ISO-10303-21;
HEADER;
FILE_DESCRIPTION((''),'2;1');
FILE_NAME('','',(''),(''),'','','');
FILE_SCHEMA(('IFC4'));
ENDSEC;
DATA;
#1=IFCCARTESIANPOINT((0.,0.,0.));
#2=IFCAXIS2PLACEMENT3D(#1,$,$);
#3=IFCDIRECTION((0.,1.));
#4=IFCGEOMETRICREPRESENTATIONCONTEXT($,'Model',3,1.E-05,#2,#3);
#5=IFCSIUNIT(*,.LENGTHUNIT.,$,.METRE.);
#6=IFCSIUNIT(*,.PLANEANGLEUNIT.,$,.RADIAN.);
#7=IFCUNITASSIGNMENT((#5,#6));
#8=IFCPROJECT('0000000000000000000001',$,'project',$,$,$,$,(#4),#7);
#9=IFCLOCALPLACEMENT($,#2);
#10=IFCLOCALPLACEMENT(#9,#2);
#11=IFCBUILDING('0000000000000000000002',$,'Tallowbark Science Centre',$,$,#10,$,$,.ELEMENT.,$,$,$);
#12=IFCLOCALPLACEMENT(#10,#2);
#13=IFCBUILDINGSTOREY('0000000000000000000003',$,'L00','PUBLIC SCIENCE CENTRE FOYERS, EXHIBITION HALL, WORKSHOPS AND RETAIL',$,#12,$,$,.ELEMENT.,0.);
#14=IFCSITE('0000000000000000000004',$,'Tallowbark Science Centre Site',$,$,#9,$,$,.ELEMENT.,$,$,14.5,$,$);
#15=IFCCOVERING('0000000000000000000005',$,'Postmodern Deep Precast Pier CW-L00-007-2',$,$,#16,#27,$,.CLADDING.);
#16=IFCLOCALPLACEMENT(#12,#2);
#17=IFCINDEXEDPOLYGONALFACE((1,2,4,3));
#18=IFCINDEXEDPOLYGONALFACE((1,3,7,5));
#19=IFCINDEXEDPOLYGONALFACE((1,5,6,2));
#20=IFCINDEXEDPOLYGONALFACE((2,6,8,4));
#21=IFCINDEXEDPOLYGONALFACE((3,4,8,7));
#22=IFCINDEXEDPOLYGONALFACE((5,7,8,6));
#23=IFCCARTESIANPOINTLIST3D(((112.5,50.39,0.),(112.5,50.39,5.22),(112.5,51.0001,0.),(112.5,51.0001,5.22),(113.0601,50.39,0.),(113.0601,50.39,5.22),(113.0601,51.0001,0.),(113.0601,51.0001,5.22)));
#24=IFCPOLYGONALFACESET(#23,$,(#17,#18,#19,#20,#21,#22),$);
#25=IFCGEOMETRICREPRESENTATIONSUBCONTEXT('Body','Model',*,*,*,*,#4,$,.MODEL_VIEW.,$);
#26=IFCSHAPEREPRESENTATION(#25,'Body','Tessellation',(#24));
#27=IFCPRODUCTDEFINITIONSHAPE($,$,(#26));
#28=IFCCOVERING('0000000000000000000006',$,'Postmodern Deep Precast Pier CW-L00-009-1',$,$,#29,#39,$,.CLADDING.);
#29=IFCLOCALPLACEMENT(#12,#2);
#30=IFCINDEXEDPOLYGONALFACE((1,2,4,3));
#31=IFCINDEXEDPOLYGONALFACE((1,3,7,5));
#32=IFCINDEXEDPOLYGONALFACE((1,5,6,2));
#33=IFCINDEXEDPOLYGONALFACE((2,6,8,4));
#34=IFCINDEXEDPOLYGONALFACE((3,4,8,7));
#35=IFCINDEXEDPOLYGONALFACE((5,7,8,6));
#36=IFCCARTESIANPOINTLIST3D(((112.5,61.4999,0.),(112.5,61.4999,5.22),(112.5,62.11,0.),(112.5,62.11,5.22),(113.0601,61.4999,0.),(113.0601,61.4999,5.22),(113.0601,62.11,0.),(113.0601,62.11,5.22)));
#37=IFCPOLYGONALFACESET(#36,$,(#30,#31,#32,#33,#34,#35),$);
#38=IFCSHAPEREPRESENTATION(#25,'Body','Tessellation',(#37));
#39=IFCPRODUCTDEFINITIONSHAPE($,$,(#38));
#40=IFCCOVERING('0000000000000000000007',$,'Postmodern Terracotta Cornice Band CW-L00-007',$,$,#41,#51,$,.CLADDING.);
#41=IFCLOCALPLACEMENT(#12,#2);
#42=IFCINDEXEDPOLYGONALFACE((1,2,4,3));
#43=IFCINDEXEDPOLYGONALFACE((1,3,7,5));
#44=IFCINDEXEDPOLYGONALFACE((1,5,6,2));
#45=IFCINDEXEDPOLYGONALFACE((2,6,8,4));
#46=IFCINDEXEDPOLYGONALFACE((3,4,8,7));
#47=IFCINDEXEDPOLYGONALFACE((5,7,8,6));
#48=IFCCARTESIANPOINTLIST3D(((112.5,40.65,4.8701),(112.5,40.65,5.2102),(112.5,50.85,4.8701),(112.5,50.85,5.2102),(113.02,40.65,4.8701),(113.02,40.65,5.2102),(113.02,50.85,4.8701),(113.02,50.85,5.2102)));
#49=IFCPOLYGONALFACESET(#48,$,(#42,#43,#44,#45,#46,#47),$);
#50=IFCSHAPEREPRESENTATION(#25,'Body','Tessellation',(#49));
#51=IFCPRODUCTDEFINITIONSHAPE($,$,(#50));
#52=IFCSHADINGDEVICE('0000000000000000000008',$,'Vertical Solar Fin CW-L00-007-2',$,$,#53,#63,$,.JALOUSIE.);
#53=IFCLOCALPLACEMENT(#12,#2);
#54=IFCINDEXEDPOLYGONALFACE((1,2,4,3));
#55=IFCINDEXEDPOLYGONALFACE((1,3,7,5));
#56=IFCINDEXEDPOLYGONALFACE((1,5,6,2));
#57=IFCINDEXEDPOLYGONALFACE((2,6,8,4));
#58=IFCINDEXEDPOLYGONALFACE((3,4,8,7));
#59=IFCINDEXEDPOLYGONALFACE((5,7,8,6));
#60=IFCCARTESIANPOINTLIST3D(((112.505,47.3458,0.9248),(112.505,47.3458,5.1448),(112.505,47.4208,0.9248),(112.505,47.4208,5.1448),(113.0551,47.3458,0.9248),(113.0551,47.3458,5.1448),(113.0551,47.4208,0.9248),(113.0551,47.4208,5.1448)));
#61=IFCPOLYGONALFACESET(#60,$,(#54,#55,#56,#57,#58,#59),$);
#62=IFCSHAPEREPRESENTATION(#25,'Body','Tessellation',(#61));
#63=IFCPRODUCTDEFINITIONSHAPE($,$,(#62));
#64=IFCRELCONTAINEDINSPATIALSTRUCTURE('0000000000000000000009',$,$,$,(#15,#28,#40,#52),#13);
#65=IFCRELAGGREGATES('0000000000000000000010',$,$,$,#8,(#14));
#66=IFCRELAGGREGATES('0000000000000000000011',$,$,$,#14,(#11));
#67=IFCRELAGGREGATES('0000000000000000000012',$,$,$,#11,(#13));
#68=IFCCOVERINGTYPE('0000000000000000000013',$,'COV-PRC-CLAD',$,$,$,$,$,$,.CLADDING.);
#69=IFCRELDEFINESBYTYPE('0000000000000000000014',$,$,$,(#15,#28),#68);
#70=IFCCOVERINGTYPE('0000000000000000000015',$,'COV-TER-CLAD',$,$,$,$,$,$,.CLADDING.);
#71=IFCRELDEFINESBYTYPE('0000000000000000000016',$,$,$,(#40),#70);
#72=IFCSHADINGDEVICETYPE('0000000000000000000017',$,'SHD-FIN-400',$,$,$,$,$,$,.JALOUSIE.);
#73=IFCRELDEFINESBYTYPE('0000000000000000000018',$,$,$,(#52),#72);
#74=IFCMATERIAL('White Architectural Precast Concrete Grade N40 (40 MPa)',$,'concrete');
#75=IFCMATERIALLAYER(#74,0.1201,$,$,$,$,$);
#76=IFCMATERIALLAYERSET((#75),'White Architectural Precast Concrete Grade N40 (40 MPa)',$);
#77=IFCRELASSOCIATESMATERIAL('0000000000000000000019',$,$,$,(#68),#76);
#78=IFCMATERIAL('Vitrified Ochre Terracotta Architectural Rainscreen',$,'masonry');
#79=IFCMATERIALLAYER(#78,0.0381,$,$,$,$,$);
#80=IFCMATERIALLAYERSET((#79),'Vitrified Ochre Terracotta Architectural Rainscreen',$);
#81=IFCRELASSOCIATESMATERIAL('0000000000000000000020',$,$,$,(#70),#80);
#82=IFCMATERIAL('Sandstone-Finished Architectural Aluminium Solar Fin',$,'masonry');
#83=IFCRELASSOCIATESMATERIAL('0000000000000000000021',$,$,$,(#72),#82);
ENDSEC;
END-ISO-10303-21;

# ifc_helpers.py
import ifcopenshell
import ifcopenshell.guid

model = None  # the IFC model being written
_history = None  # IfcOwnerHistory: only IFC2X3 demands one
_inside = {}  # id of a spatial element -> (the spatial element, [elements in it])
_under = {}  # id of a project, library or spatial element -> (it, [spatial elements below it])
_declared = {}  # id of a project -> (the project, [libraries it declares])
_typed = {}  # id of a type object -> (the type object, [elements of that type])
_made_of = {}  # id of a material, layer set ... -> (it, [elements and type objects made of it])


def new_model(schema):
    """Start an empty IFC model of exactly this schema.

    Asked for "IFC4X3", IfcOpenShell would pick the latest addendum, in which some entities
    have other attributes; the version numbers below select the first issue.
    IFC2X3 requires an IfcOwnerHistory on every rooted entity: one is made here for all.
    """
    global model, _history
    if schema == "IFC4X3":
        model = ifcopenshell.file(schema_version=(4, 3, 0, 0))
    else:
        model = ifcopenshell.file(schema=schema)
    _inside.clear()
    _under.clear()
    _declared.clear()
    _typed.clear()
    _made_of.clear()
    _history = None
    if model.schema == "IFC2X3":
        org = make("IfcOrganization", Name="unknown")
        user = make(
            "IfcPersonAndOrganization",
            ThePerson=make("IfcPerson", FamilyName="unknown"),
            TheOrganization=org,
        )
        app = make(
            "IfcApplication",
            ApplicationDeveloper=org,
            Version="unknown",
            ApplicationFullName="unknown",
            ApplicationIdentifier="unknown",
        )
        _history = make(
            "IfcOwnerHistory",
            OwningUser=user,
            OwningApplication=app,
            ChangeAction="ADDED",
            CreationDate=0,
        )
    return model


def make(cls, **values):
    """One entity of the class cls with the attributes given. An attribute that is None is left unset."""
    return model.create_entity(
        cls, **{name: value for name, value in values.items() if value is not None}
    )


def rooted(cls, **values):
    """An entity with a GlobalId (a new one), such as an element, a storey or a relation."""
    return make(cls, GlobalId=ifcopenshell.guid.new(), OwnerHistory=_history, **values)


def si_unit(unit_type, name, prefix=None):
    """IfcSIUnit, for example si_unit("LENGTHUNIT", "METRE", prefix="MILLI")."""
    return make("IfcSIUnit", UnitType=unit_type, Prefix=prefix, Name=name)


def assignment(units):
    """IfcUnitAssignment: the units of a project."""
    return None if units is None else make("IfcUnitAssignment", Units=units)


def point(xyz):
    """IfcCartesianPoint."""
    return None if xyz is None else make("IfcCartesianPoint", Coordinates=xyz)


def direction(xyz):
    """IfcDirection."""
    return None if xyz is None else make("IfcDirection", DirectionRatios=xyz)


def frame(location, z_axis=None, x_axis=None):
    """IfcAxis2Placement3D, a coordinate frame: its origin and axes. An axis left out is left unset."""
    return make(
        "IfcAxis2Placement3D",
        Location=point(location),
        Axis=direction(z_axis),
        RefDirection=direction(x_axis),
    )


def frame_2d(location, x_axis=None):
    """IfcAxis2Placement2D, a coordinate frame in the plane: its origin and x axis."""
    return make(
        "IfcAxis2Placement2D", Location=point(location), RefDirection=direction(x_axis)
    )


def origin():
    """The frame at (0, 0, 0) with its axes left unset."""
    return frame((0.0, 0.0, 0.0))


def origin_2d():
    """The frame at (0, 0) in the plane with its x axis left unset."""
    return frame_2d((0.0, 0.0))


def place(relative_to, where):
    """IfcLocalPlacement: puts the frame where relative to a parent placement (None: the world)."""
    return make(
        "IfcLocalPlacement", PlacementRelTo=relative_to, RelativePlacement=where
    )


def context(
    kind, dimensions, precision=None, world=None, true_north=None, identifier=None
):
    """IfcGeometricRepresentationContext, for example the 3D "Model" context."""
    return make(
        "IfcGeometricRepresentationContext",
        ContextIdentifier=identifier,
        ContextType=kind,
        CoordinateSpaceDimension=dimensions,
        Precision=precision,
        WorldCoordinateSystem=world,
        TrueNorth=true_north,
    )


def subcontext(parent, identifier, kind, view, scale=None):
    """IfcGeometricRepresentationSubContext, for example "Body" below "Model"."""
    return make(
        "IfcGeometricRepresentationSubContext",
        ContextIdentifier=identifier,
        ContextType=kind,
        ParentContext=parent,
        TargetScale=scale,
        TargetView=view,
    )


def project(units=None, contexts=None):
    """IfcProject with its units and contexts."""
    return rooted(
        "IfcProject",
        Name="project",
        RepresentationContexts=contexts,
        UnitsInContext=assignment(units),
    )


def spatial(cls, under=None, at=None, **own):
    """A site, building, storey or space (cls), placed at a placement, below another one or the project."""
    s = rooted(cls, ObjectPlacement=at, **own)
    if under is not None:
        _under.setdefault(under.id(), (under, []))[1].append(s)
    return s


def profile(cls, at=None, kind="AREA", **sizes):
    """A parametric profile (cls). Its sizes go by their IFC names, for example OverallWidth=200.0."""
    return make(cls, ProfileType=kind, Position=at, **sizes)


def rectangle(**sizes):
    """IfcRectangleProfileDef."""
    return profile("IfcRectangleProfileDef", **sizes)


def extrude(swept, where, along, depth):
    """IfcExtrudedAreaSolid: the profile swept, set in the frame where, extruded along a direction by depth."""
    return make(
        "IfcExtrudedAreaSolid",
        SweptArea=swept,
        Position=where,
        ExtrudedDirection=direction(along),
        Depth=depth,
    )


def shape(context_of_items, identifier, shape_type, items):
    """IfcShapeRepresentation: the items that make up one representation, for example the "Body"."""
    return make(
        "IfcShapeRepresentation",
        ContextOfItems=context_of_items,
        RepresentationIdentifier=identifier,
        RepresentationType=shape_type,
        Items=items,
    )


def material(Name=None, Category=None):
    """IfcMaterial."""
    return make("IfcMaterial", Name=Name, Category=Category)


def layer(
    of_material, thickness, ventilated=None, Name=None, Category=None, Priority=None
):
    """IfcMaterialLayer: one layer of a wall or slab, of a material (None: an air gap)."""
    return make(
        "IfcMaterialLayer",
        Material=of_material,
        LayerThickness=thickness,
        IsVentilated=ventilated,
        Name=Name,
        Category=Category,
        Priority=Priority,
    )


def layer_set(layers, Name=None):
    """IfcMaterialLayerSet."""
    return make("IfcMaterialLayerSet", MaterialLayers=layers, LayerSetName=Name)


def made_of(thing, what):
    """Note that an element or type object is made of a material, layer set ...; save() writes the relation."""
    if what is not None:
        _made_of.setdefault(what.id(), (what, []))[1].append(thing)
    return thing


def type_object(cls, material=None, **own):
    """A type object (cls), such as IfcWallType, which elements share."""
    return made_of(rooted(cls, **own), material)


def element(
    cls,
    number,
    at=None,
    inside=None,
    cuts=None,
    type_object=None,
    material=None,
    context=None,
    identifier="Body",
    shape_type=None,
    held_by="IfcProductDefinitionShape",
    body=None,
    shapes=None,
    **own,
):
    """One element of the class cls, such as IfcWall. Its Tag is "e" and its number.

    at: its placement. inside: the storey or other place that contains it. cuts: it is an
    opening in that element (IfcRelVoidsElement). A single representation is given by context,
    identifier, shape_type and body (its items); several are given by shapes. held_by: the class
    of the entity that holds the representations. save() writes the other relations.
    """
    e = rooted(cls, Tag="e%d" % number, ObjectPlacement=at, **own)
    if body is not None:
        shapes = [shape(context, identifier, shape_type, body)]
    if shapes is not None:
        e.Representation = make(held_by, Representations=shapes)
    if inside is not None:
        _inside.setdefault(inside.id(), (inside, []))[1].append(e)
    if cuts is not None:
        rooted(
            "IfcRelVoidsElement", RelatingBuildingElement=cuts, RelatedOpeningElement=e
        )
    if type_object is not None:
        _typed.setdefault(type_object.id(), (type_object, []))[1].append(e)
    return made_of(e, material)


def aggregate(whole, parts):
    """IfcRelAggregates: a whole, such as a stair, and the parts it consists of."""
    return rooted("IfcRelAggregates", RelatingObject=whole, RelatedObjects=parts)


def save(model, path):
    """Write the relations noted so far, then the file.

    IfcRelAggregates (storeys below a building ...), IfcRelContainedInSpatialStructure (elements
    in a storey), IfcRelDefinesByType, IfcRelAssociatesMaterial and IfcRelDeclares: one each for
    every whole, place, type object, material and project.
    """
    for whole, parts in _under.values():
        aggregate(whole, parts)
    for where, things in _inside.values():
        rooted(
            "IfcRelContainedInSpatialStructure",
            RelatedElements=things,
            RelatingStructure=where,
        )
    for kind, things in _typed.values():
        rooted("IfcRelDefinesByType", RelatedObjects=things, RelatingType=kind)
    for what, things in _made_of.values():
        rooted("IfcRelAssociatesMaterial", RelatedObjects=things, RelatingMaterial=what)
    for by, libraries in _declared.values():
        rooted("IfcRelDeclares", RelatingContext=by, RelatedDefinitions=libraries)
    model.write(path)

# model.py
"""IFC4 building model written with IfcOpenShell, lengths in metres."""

from ifc_helpers import new_model, si_unit, direction, frame, origin, origin_2d, place, context, subcontext, project, spatial, rectangle, extrude, material, layer, layer_set, type_object, element, save


model = new_model("IFC4")

# Units and contexts
model_context = context("Model", 3, precision=1e-05, world=origin(), true_north=direction((0.0, 1.0)))
body_context = subcontext(model_context, "Body", "Model", "MODEL_VIEW")
ifc_project = project(units=[si_unit("LENGTHUNIT", "METRE"), si_unit("PLANEANGLEUNIT", "RADIAN")], contexts=[model_context])

# Site, building, storey
site_placement = place(None, origin())
site = spatial("IfcSite", under=ifc_project, at=site_placement, Name="Tallowbark Science Centre Site", CompositionType="ELEMENT", RefElevation=14.5)
building_placement = place(site_placement, origin())
building = spatial("IfcBuilding", under=site, at=building_placement, Name="Tallowbark Science Centre", CompositionType="ELEMENT")
storey_placement = place(building_placement, origin())
storey = spatial("IfcBuildingStorey", under=building, at=storey_placement, Name="L00", Description="PUBLIC SCIENCE CENTRE FOYERS, EXHIBITION HALL, WORKSHOPS AND RETAIL", CompositionType="ELEMENT", Elevation=0.0)

# Coverings
ifc_material_1 = material(Name="White Architectural Precast Concrete Grade N40 (40 MPa)", Category="concrete")
ifc_layer_1 = layer(ifc_material_1, 0.1201)
ifc_layer_set_1 = layer_set([ifc_layer_1], Name="White Architectural Precast Concrete Grade N40 (40 MPa)")
covering_type_1 = type_object("IfcCoveringType", Name="COV-PRC-CLAD", PredefinedType="CLADDING", material=ifc_layer_set_1)
for number, where, z_axis, x_axis, name in (
    (1, (112.78, 50.6951, 0.0), (0.0, 0.0, 1.0), (0.0, 1.0, 0.0), "Postmodern Deep Precast Pier CW-L00-007-2"),
    (2, (112.78, 61.8049, 0.0), (0.0, 0.0, 1.0), (0.0, 1.0, 0.0), "Postmodern Deep Precast Pier CW-L00-009-1"),
):
    element("IfcCovering", number, at=place(storey_placement, frame(where, z_axis=z_axis, x_axis=x_axis)), inside=storey, type_object=covering_type_1, Name=name, PredefinedType="CLADDING", context=body_context, shape_type="SweptSolid", body=[
        extrude(rectangle(XDim=0.6101, YDim=0.5601, at=origin_2d()), origin(), (0.0, 0.0, 1.0), 5.22),
    ])
ifc_material_2 = material(Name="Vitrified Ochre Terracotta Architectural Rainscreen", Category="masonry")
ifc_layer_2 = layer(ifc_material_2, 0.0381)
ifc_layer_set_2 = layer_set([ifc_layer_2], Name="Vitrified Ochre Terracotta Architectural Rainscreen")
covering_type_2 = type_object("IfcCoveringType", Name="COV-TER-CLAD", PredefinedType="CLADDING", material=ifc_layer_set_2)
covering_placement = place(storey_placement, frame((112.76, 45.75, 4.8701), z_axis=(0.0, 0.0, 1.0), x_axis=(0.0, 1.0, 0.0)))
element("IfcCovering", 3, at=covering_placement, inside=storey, type_object=covering_type_2, Name="Postmodern Terracotta Cornice Band CW-L00-007", PredefinedType="CLADDING", context=body_context, shape_type="SweptSolid", body=[
    extrude(rectangle(XDim=10.2, YDim=0.52, at=origin_2d()), origin(), (0.0, 0.0, 1.0), 0.3401),
])

# Shading device
ifc_material_3 = material(Name="Sandstone-Finished Architectural Aluminium Solar Fin", Category="masonry")
shading_device_type = type_object("IfcShadingDeviceType", Name="SHD-FIN-400", PredefinedType="JALOUSIE", material=ifc_material_3)
shading_device_placement = place(storey_placement, frame((112.78, 47.3833, 0.9248), z_axis=(0.0, 0.0, 1.0), x_axis=(0.0, 1.0, 0.0)))
element("IfcShadingDevice", 4, at=shading_device_placement, inside=storey, type_object=shading_device_type, Name="Vertical Solar Fin CW-L00-007-2", PredefinedType="JALOUSIE", context=body_context, shape_type="SweptSolid", body=[
    extrude(rectangle(XDim=0.075, YDim=0.55, at=origin_2d()), origin(), (0.0, 0.0, 1.0), 4.22),
])

save(model, "model.ifc")
